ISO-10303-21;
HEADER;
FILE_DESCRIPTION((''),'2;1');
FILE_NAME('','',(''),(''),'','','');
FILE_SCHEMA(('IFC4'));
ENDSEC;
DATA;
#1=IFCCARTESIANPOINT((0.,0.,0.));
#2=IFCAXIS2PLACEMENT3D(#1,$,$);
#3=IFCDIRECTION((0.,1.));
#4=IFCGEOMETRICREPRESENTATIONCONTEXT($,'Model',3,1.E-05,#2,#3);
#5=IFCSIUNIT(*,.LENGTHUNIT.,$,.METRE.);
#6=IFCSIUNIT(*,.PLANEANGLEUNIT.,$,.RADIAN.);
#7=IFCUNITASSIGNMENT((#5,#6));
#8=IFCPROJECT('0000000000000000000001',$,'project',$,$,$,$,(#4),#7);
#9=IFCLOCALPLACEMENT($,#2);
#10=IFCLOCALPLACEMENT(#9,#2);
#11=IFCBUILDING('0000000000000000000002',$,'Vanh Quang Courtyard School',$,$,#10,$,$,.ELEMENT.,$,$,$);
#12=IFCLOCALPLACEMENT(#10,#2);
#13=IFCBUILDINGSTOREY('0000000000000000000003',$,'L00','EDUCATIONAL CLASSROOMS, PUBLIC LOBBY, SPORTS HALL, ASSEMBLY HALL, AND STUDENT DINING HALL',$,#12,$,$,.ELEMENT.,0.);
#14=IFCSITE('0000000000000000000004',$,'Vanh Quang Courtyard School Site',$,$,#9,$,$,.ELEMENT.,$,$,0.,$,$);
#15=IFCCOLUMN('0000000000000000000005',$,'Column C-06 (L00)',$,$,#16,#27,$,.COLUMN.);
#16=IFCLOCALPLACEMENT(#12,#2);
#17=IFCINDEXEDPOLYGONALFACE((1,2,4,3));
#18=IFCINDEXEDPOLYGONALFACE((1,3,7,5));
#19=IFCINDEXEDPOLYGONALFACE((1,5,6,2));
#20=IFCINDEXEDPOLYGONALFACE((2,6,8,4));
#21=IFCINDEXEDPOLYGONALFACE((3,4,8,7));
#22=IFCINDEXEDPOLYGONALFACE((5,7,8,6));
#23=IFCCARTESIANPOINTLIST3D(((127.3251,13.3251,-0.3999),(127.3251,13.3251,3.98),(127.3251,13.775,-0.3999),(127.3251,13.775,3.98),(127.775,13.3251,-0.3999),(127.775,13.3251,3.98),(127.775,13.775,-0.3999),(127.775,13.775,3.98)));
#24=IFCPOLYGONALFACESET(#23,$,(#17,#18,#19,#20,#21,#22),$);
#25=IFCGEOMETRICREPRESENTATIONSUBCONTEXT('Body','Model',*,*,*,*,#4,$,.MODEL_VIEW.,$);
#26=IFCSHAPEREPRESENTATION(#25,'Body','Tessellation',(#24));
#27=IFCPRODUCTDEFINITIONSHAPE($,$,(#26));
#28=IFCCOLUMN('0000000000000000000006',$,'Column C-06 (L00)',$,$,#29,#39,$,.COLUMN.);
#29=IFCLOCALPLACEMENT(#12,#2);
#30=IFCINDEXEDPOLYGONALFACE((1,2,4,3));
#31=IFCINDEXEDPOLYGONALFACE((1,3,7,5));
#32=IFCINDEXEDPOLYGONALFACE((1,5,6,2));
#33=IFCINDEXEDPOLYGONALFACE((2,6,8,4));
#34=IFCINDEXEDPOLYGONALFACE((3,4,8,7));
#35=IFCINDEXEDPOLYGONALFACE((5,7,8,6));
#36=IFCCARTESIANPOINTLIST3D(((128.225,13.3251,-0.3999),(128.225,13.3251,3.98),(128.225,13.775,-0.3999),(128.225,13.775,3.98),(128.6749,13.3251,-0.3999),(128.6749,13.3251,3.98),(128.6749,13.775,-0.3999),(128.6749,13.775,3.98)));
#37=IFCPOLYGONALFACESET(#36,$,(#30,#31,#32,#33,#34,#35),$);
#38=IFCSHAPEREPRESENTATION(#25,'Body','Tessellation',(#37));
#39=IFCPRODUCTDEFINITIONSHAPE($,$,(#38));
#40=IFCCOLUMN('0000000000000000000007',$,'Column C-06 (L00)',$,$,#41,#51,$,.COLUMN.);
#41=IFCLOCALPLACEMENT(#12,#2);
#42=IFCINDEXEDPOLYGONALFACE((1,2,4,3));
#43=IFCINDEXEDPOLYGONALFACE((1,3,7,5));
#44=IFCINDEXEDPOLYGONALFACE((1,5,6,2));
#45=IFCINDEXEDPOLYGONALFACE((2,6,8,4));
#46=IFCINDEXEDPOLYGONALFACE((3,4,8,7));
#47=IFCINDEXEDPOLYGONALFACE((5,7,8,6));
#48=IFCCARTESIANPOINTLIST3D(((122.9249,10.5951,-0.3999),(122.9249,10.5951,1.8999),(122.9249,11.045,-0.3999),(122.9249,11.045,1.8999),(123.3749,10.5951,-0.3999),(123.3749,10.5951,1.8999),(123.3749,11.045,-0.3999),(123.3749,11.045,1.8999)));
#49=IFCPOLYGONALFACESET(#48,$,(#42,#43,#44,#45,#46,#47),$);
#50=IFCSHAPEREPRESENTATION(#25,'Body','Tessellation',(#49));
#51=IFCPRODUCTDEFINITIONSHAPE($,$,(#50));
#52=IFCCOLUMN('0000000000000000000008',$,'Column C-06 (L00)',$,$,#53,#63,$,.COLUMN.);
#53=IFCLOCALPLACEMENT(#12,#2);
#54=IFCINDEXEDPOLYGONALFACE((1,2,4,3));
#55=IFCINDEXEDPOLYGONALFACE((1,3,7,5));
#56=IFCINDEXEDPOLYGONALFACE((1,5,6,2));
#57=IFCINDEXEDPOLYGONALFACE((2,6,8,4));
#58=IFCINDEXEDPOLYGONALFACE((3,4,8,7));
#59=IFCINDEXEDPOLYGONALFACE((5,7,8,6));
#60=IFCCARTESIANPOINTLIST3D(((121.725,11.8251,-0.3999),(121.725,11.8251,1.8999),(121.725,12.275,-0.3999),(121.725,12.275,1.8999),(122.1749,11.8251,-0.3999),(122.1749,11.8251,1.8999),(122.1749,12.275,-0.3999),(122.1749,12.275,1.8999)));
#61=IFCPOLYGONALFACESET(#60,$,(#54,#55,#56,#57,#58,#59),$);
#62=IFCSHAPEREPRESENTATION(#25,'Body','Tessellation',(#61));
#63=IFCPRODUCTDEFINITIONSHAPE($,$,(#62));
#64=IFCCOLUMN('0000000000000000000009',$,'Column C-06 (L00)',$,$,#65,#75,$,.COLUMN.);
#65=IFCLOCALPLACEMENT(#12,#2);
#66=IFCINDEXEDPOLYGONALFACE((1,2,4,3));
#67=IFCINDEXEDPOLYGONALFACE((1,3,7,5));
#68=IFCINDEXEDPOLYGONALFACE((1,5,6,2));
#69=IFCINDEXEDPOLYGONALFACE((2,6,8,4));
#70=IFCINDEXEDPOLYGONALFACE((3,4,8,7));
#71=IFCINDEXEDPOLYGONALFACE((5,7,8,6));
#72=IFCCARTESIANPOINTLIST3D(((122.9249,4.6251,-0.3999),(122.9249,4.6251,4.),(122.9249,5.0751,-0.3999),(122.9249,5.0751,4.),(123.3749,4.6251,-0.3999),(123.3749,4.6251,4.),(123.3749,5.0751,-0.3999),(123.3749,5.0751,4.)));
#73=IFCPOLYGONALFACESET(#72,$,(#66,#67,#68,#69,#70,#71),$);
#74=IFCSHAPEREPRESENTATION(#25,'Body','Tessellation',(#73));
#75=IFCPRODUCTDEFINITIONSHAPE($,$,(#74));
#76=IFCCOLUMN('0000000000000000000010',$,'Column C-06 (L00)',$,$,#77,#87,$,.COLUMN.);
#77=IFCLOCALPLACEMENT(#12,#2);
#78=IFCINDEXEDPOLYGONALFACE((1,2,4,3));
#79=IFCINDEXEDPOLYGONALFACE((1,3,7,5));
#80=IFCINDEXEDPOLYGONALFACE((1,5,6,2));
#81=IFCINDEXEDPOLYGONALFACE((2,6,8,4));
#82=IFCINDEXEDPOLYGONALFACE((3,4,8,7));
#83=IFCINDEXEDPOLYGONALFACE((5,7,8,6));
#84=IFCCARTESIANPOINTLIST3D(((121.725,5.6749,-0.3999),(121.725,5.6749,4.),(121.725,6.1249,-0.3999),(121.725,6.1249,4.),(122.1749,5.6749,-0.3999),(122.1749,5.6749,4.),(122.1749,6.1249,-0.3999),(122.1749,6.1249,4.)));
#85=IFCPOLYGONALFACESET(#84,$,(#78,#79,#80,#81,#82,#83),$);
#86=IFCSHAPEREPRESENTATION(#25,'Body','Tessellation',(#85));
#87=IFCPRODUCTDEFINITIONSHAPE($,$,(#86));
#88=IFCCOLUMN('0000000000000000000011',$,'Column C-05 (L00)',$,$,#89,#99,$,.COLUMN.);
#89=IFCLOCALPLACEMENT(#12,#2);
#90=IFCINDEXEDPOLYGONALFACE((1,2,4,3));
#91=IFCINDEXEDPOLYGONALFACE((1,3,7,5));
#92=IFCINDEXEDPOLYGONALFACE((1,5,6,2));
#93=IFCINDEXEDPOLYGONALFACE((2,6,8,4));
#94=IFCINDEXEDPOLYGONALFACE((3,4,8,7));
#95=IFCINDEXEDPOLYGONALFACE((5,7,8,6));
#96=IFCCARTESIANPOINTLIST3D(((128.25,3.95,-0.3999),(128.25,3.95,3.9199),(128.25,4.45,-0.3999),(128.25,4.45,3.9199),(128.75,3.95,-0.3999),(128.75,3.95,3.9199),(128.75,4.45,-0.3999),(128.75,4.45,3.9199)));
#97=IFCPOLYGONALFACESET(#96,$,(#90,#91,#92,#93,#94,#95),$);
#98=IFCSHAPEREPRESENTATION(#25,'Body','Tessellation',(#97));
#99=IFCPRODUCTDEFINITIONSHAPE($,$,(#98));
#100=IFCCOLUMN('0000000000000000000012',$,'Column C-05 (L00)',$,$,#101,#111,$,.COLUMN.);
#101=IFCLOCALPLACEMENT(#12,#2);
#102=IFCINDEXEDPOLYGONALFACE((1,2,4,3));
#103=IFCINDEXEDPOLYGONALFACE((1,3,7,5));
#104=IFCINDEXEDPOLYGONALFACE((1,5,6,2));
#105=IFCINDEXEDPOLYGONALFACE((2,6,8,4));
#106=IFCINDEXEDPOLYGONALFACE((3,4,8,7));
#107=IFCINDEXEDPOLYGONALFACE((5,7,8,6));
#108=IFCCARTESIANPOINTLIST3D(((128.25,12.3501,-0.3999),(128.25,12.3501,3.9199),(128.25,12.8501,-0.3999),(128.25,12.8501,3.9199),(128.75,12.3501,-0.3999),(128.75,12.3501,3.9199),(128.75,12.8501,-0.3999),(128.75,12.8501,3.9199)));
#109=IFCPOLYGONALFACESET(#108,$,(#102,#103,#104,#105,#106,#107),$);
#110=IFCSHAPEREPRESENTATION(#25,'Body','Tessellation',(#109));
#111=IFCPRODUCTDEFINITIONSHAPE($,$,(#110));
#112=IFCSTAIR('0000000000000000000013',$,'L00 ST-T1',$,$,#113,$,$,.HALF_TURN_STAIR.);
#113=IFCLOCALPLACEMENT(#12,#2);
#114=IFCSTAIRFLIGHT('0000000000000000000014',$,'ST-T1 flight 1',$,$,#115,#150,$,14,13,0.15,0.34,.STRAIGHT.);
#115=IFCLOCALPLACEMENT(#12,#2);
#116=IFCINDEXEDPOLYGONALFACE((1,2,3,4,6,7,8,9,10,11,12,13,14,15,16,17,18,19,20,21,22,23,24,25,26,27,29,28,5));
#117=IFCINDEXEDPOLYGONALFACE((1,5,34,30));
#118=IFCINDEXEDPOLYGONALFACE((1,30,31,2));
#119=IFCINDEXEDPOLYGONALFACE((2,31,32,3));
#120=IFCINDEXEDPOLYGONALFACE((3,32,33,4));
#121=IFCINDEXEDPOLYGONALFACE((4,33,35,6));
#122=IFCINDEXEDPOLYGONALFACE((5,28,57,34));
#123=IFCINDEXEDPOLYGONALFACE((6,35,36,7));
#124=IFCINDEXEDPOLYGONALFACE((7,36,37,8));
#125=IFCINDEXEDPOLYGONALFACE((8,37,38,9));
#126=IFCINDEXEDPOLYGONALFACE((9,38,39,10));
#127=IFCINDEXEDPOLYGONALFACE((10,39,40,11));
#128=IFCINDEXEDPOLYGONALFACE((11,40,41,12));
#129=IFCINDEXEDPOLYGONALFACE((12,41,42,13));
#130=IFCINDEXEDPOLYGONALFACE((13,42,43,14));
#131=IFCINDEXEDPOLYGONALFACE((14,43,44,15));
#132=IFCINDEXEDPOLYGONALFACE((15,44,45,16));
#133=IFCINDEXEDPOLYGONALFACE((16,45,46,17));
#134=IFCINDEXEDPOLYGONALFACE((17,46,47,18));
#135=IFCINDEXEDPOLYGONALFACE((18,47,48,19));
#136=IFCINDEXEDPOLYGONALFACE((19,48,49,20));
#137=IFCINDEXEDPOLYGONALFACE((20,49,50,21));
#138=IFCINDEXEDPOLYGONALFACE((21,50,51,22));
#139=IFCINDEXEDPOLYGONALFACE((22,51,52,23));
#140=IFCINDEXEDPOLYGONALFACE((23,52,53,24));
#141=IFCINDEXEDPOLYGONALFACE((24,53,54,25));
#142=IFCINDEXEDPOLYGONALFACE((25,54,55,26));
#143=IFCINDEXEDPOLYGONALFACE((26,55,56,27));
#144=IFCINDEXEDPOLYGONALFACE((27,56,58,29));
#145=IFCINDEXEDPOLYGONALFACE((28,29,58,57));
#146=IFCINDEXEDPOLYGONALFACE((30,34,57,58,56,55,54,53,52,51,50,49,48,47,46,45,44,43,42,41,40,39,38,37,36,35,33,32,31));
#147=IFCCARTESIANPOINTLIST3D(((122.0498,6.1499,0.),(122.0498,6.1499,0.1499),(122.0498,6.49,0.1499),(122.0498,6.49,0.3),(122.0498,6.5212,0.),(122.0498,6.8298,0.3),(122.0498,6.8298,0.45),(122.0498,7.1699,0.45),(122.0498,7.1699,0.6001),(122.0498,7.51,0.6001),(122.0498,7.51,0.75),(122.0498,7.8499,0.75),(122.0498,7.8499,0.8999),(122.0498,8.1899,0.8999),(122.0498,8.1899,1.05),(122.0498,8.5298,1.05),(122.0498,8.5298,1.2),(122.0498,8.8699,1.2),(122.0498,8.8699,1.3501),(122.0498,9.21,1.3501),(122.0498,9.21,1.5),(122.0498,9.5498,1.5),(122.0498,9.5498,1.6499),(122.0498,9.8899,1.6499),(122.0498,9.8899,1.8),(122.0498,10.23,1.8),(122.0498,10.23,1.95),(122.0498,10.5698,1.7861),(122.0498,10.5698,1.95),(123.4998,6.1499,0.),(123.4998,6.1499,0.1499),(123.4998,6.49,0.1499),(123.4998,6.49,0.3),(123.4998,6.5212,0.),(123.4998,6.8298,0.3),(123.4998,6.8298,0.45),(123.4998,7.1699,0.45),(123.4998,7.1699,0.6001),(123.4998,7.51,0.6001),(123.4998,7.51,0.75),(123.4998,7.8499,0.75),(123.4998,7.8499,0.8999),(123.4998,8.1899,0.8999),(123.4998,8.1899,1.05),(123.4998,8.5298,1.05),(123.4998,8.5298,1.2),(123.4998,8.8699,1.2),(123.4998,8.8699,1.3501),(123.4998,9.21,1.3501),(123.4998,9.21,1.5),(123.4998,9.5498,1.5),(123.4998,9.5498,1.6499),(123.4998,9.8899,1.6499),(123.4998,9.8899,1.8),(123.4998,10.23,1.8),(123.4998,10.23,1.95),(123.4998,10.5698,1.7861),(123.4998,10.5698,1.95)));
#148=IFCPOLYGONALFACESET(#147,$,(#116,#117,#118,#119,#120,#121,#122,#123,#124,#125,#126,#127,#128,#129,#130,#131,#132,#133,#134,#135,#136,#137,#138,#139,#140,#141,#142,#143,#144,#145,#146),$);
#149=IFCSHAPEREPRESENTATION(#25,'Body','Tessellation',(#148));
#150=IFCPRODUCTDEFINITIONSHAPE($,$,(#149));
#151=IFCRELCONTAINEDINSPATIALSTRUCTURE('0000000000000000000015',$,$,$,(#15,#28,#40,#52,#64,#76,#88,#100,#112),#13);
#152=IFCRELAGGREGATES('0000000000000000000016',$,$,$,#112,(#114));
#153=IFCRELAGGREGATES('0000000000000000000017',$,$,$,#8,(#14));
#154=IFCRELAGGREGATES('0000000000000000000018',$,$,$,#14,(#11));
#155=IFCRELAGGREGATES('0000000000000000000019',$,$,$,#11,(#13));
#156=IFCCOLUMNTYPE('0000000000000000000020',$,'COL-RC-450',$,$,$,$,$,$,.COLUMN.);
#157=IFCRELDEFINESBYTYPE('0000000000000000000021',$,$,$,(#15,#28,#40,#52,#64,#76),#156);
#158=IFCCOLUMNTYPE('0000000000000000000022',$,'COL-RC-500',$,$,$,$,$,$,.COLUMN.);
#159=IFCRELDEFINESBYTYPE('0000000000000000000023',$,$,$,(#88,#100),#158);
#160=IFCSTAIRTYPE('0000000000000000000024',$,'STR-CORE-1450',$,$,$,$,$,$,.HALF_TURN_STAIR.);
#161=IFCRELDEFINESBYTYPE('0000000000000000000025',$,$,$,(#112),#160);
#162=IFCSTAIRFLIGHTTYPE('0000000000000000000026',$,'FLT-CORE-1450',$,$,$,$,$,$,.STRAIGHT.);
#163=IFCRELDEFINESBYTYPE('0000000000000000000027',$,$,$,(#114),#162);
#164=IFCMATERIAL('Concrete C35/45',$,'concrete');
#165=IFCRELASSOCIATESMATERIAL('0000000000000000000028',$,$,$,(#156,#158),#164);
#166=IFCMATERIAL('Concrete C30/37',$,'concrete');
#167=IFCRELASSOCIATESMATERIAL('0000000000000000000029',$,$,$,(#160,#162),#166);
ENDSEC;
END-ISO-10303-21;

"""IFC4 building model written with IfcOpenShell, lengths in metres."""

from ifc_helpers import new_model, si_unit, direction, frame, origin, origin_2d, place, context, subcontext, project, spatial, polyline, rectangle, outline, extrude, material, material_profile, profile_set, type_object, element, aggregate, save


model = new_model("IFC4")

# Units and contexts
model_context = context("Model", 3, precision=1e-05, world=origin(), true_north=direction((0.0, 1.0)))
body_context = subcontext(model_context, "Body", "Model", "MODEL_VIEW")
ifc_project = project(units=[si_unit("LENGTHUNIT", "METRE"), si_unit("PLANEANGLEUNIT", "RADIAN")], contexts=[model_context])

# Site, building, storey
site_placement = place(None, origin())
site = spatial("IfcSite", under=ifc_project, at=site_placement, Name="Vanh Quang Courtyard School Site", CompositionType="ELEMENT", RefElevation=0.0)
building_placement = place(site_placement, origin())
building = spatial("IfcBuilding", under=site, at=building_placement, Name="Vanh Quang Courtyard School", CompositionType="ELEMENT")
storey_placement = place(building_placement, origin())
storey = spatial("IfcBuildingStorey", under=building, at=storey_placement, Name="L00", Description="EDUCATIONAL CLASSROOMS, PUBLIC LOBBY, SPORTS HALL, ASSEMBLY HALL, AND STUDENT DINING HALL", CompositionType="ELEMENT", Elevation=0.0)

# Shared definitions
ifc_material_1 = material(Name="Concrete C35/45", Category="concrete")

# Shared definitions
ifc_material_2 = material(Name="Concrete C30/37", Category="concrete")

# Columns
ifc_material_profile_1 = material_profile(ifc_material_1, rectangle(XDim=0.45, YDim=0.45, at=origin_2d()), Name="RC-COL 450x450")
ifc_profile_set_1 = profile_set([ifc_material_profile_1], Name="Concrete C35/45")
column_type_1 = type_object("IfcColumnType", Name="COL-RC-450", PredefinedType="COLUMN", material=ifc_profile_set_1)
for number, where, z_axis, x_axis, name in (
    (1, (127.55, 13.55, -0.3999), (0.0, 0.0, 1.0), (1.0, 0.0, 0.0), "Column C-06 (L00)"),
    (2, (128.45, 13.55, -0.3999), (0.0, 0.0, 1.0), (1.0, 0.0, 0.0), "Column C-06 (L00)"),
):
    element("IfcColumn", number, at=place(storey_placement, frame(where, z_axis=z_axis, x_axis=x_axis)), inside=storey, type_object=column_type_1, Name=name, PredefinedType="COLUMN", context=body_context, shape_type="SweptSolid", body=[
        extrude(rectangle(XDim=0.45, YDim=0.45, at=origin_2d()), origin(), (0.0, 0.0, 1.0), 4.3799),
    ])
for number, where, z_axis, x_axis, name in (
    (3, (123.1499, 10.8201, -0.3999), (0.0, 0.0, 1.0), (1.0, 0.0, 0.0), "Column C-06 (L00)"),
    (4, (121.95, 12.05, -0.3999), (0.0, 0.0, 1.0), (1.0, 0.0, 0.0), "Column C-06 (L00)"),
):
    element("IfcColumn", number, at=place(storey_placement, frame(where, z_axis=z_axis, x_axis=x_axis)), inside=storey, type_object=column_type_1, Name=name, PredefinedType="COLUMN", context=body_context, shape_type="SweptSolid", body=[
        extrude(rectangle(XDim=0.45, YDim=0.45, at=origin_2d()), origin(), (0.0, 0.0, 1.0), 2.2998),
    ])
for number, where, z_axis, x_axis, name in (
    (5, (123.1499, 4.8501, -0.3999), (0.0, 0.0, 1.0), (1.0, 0.0, 0.0), "Column C-06 (L00)"),
    (6, (121.95, 5.8999, -0.3999), (0.0, 0.0, 1.0), (1.0, 0.0, 0.0), "Column C-06 (L00)"),
):
    element("IfcColumn", number, at=place(storey_placement, frame(where, z_axis=z_axis, x_axis=x_axis)), inside=storey, type_object=column_type_1, Name=name, PredefinedType="COLUMN", context=body_context, shape_type="SweptSolid", body=[
        extrude(rectangle(XDim=0.45, YDim=0.45, at=origin_2d()), origin(), (0.0, 0.0, 1.0), 4.3999),
    ])
ifc_material_profile_2 = material_profile(ifc_material_1, rectangle(XDim=0.5, YDim=0.5, at=origin_2d()), Name="RC-COL 500x500")
ifc_profile_set_2 = profile_set([ifc_material_profile_2], Name="Concrete C35/45")
column_type_2 = type_object("IfcColumnType", Name="COL-RC-500", PredefinedType="COLUMN", material=ifc_profile_set_2)
for number, where, z_axis, x_axis, name in (
    (7, (128.5, 4.2, -0.3999), (0.0, 0.0, 1.0), (1.0, 0.0, 0.0), "Column C-05 (L00)"),
    (8, (128.5, 12.6001, -0.3999), (0.0, 0.0, 1.0), (1.0, 0.0, 0.0), "Column C-05 (L00)"),
):
    element("IfcColumn", number, at=place(storey_placement, frame(where, z_axis=z_axis, x_axis=x_axis)), inside=storey, type_object=column_type_2, Name=name, PredefinedType="COLUMN", context=body_context, shape_type="SweptSolid", body=[
        extrude(rectangle(XDim=0.5, YDim=0.5, at=origin_2d()), origin(), (0.0, 0.0, 1.0), 4.3198),
    ])

# Stair, stair flight
stair_type = type_object("IfcStairType", Name="STR-CORE-1450", PredefinedType="HALF_TURN_STAIR", material=ifc_material_2)
stair_placement = place(storey_placement, origin())
stair = element("IfcStair", 9, at=stair_placement, inside=storey, type_object=stair_type, Name="L00 ST-T1", PredefinedType="HALF_TURN_STAIR")
stair_flight_type = type_object("IfcStairFlightType", Name="FLT-CORE-1450", PredefinedType="STRAIGHT", material=ifc_material_2)
stair_flight_placement = place(storey_placement, frame((122.7749, 6.1499, 0.0), z_axis=(0.0, 0.0, 1.0), x_axis=(0.0, 1.0, 0.0)))
stair_flight = element("IfcStairFlight", 10, at=stair_flight_placement, type_object=stair_flight_type, Name="ST-T1 flight 1", NumberOfRisers=14, NumberOfTreads=13, PredefinedType="STRAIGHT", RiserHeight=0.15, TreadLength=0.34, context=body_context, shape_type="SweptSolid", body=[
    extrude(outline(polyline([(0.0, 0.0), (0.0, 0.1499), (0.3401, 0.1499), (0.3401, 0.3), (0.6799, 0.3), (0.6799, 0.45), (1.02, 0.45), (1.02, 0.6001), (1.3601, 0.6001), (1.3601, 0.75), (1.7, 0.75), (1.7, 0.8999), (2.04, 0.8999), (2.04, 1.05), (2.3799, 1.05), (2.3799, 1.2), (2.72, 1.2), (2.72, 1.3501), (3.0601, 1.3501), (3.0601, 1.5), (3.3999, 1.5), (3.3999, 1.6499), (3.74, 1.6499), (3.74, 1.8), (4.0801, 1.8), (4.0801, 1.95), (4.4199, 1.95), (4.4199, 2.1001), (4.4199, 1.7861), (0.3713, 0.0), (0.0, 0.0)])), frame((0.0, 0.7251, 0.0), z_axis=(0.0, -1.0, 0.0), x_axis=(1.0, 0.0, 0.0)), (0.0, 0.0, 1.0), 1.45),
])
aggregate(stair, [stair_flight])

save(model, "model.ifc")
